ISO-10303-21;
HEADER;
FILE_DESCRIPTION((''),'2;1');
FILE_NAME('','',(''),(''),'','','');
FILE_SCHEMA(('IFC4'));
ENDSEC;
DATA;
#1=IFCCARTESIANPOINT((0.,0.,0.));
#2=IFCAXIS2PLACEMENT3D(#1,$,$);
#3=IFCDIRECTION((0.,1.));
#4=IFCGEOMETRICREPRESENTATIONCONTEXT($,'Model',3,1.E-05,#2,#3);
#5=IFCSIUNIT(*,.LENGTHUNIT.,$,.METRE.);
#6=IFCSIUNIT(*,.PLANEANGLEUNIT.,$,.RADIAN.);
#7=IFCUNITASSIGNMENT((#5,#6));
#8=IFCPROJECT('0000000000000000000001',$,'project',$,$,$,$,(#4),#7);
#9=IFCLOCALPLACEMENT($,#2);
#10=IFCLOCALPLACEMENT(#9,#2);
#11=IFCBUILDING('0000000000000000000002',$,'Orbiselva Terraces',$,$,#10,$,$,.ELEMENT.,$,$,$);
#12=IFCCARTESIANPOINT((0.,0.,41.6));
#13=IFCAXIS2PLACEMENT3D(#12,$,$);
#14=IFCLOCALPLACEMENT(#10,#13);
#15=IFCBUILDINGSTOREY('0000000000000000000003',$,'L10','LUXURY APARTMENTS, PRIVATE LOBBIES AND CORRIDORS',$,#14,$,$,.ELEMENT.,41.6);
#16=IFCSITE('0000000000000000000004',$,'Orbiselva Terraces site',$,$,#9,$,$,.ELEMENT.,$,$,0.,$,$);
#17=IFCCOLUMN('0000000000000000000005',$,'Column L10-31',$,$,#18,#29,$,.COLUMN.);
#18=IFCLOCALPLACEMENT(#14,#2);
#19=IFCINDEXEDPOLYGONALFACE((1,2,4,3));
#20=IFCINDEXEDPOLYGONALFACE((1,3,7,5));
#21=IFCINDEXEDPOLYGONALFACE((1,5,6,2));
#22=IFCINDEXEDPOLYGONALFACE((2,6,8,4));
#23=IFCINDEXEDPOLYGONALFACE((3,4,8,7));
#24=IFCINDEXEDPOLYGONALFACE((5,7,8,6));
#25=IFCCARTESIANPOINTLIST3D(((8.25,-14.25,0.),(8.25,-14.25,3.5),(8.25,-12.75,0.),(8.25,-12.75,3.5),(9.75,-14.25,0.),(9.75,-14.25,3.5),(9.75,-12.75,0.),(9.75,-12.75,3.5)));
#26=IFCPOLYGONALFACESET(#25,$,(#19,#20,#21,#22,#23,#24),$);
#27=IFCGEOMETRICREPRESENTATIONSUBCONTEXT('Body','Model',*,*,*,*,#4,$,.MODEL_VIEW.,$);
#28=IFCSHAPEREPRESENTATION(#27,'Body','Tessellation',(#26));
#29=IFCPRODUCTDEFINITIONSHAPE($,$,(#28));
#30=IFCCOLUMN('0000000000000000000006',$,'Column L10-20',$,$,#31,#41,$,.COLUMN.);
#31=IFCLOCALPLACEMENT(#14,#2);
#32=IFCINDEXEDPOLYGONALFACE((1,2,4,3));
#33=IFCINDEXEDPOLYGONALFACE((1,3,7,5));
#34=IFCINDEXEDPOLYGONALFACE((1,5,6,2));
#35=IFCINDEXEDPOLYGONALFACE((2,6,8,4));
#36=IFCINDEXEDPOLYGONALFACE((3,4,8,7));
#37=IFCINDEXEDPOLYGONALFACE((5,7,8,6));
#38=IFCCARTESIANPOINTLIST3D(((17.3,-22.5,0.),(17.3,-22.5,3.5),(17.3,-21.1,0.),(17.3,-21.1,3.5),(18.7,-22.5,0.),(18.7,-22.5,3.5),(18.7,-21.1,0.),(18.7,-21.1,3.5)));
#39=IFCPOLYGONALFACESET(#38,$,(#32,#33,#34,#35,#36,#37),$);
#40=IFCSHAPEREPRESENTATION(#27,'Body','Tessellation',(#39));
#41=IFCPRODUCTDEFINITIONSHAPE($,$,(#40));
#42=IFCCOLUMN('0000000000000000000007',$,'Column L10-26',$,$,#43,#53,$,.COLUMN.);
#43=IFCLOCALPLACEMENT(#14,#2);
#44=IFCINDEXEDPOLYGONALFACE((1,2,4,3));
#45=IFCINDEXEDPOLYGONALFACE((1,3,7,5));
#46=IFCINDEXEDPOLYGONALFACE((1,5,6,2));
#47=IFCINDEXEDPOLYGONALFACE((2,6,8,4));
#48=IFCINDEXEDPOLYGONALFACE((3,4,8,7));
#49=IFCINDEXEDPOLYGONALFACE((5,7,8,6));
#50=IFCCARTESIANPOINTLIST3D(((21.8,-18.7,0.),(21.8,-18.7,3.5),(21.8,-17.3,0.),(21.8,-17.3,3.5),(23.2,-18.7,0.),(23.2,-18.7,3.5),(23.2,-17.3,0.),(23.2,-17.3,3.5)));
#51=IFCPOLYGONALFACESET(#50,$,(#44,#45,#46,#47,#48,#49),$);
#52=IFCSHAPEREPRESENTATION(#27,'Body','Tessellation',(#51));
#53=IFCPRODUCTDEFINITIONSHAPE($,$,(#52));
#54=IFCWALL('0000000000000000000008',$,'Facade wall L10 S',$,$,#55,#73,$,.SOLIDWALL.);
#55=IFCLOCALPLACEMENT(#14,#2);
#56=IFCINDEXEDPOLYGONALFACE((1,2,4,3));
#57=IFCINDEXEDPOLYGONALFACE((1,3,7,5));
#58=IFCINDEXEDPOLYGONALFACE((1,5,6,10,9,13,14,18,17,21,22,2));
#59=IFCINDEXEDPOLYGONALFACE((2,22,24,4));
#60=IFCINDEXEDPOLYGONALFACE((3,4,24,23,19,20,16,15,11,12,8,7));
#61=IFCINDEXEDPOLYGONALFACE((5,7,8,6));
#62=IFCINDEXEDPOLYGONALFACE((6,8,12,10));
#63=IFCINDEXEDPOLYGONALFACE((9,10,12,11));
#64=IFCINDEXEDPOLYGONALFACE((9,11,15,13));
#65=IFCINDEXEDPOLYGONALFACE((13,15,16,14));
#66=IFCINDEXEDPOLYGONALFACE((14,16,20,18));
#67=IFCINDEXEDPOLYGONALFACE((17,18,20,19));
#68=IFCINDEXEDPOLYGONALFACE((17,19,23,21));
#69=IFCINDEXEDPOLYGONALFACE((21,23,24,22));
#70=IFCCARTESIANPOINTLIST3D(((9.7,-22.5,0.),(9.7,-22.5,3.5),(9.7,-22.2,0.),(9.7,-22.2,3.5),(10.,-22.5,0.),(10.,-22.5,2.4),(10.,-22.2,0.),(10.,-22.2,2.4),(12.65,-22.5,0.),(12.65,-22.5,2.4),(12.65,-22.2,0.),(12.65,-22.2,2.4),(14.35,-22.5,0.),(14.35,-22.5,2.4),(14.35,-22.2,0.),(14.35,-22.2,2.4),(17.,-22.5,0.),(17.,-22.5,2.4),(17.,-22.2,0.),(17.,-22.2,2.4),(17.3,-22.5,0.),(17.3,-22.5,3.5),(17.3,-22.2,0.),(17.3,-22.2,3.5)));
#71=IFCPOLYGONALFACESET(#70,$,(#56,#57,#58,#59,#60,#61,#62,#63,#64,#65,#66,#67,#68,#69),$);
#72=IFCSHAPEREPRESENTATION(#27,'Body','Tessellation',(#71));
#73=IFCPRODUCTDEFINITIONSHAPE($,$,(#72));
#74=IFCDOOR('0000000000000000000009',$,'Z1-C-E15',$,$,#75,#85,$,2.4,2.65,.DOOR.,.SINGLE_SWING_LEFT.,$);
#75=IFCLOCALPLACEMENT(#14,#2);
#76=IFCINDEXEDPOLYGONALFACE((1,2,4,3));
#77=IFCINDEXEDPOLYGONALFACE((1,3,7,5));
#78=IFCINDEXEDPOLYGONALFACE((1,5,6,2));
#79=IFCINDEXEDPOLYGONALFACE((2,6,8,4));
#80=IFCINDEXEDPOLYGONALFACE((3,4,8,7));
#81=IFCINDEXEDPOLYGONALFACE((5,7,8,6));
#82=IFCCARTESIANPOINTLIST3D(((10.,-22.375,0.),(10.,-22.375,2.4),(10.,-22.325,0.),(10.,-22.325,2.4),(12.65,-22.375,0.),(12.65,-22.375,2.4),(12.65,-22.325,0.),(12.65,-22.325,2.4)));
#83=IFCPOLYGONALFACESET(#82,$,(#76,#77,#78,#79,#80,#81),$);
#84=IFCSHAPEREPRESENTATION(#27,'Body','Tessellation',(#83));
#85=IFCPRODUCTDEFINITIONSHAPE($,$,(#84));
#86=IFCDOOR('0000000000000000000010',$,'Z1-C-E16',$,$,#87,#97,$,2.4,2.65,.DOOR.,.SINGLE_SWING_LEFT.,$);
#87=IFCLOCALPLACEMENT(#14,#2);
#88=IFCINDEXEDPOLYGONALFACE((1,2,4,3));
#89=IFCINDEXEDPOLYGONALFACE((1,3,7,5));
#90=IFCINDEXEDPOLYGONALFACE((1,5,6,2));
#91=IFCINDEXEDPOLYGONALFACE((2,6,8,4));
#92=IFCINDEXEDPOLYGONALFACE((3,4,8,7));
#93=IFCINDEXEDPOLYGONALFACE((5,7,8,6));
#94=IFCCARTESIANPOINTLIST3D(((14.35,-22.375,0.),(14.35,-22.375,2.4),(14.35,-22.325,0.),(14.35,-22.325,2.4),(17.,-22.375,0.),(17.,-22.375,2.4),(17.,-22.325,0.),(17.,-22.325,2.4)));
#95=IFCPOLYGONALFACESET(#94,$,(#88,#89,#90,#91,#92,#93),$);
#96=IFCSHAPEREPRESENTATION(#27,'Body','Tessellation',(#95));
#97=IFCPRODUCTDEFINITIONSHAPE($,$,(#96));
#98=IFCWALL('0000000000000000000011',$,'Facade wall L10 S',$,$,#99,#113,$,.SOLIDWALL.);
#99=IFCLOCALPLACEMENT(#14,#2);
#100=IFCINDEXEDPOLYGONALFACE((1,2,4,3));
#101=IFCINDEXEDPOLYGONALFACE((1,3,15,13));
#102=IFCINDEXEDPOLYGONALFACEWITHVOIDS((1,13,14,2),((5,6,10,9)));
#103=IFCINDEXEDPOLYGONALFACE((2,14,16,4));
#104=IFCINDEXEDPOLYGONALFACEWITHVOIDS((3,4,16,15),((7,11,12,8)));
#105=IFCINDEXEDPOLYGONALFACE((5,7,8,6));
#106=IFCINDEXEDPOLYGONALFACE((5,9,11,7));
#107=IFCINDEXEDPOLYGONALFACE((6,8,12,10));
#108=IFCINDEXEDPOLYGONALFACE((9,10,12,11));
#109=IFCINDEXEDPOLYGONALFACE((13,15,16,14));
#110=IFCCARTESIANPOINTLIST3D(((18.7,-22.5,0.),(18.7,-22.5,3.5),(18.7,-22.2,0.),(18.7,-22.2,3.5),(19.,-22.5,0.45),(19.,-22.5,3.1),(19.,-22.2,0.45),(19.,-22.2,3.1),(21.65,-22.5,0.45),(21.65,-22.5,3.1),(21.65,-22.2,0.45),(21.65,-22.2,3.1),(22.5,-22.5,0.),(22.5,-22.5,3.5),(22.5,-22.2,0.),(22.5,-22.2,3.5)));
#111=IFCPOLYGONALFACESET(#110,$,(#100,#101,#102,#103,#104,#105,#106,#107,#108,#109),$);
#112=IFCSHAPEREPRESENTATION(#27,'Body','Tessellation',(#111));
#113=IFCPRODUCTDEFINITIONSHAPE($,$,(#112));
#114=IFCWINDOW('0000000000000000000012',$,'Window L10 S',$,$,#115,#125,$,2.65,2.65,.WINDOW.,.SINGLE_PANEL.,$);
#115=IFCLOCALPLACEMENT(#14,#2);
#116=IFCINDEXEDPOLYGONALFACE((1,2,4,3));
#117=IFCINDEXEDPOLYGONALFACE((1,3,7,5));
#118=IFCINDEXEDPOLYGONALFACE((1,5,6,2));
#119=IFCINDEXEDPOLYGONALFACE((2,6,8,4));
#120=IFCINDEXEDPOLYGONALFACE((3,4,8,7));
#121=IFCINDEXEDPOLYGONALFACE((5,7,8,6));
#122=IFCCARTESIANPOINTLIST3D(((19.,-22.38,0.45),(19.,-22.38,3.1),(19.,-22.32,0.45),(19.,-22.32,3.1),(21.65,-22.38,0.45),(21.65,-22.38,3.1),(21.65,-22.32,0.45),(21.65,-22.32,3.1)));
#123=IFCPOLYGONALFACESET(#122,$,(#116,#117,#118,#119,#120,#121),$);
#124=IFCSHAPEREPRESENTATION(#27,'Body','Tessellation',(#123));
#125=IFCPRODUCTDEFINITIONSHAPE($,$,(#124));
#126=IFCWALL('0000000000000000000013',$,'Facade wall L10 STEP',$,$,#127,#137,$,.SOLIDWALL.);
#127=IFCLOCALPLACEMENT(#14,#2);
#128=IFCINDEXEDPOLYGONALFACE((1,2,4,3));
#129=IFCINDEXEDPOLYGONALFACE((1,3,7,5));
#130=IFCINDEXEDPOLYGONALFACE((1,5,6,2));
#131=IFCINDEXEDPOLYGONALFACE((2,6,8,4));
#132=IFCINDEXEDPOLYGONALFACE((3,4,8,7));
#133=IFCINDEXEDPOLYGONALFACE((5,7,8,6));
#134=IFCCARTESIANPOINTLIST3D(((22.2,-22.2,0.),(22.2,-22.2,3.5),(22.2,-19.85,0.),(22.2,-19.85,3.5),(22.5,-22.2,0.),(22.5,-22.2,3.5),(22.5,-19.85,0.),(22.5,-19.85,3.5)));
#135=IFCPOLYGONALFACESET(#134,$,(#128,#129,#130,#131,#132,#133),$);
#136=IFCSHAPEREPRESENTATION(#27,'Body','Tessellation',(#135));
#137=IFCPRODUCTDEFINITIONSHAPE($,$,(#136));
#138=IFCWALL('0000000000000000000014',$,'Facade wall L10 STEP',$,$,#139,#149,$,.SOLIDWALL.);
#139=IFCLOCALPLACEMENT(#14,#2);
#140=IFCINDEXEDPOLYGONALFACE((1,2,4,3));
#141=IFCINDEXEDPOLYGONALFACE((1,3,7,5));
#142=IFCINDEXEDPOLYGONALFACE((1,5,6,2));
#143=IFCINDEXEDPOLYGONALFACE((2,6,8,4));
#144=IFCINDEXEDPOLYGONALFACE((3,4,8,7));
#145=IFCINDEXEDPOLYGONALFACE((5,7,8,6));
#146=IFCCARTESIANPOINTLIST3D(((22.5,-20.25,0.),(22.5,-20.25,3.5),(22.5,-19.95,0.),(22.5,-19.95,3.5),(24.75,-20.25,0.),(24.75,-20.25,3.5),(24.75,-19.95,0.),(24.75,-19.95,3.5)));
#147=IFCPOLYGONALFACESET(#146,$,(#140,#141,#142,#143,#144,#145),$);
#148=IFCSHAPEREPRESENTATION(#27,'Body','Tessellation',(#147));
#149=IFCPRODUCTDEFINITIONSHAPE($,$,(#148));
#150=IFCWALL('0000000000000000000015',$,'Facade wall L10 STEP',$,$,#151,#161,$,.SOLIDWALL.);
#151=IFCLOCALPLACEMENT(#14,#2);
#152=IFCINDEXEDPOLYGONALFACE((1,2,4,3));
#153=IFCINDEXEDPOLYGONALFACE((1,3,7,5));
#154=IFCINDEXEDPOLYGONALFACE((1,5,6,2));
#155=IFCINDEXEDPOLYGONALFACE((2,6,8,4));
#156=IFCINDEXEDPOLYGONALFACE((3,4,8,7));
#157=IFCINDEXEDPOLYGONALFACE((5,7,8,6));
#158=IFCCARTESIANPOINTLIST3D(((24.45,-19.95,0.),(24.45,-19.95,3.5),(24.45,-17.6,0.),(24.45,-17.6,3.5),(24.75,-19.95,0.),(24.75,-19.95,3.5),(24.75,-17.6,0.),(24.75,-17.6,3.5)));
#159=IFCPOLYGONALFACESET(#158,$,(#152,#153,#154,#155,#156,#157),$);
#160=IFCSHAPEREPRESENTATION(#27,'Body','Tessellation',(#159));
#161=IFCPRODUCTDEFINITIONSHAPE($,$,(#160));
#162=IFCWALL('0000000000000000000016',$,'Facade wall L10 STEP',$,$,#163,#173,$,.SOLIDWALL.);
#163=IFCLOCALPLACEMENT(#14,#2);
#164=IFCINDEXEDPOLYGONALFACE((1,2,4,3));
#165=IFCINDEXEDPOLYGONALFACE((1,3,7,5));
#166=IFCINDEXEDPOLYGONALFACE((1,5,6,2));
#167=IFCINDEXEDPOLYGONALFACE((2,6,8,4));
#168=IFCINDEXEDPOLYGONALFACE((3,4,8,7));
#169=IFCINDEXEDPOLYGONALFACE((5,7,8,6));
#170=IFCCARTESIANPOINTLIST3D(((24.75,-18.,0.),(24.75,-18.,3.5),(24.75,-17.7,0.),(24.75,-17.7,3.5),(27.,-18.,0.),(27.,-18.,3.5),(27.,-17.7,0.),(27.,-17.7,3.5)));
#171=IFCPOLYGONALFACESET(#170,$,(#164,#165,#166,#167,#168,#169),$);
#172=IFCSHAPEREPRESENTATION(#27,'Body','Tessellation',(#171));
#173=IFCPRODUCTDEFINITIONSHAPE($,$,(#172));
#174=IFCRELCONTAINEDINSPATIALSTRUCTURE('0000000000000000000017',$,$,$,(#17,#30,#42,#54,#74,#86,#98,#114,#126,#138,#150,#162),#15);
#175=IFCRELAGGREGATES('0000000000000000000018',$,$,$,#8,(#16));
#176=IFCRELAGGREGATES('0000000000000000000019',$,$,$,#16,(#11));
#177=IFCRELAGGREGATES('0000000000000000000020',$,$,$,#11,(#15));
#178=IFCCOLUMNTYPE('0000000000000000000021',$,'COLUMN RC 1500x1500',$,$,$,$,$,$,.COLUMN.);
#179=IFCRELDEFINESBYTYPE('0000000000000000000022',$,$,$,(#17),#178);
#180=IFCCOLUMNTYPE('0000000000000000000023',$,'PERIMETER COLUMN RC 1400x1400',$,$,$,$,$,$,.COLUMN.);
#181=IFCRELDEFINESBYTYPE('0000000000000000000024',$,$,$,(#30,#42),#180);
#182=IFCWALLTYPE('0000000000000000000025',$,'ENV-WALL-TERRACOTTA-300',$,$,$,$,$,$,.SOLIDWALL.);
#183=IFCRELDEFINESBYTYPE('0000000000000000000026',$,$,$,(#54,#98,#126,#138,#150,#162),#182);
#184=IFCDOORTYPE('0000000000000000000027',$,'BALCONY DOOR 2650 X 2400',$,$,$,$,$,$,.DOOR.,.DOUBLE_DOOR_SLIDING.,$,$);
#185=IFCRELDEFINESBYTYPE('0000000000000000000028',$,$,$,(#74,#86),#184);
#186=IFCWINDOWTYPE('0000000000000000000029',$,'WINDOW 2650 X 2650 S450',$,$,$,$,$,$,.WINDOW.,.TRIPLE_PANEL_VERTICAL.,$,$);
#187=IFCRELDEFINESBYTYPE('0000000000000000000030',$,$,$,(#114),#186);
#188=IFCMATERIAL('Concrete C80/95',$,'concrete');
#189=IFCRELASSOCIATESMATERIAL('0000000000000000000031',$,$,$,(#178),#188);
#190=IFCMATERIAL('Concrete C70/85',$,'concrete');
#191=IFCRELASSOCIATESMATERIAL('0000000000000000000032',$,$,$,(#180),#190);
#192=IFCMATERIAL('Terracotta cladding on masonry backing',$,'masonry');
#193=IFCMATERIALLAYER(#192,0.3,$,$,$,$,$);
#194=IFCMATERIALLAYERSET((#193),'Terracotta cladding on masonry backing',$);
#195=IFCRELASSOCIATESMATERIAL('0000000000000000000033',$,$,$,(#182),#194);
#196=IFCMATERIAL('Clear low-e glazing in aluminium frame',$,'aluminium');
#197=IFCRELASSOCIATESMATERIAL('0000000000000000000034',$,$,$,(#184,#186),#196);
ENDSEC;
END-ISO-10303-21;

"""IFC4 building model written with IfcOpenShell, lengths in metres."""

from ifc_helpers import new_model, si_unit, direction, frame, frame_2d, origin, origin_2d, place, context, subcontext, project, spatial, rectangle, extrude, material, layer, layer_set, material_profile, profile_set, type_object, element, fill, save


model = new_model("IFC4")

# Units and contexts
model_context = context("Model", 3, precision=1e-05, world=origin(), true_north=direction((0.0, 1.0)))
body_context = subcontext(model_context, "Body", "Model", "MODEL_VIEW")
ifc_project = project(units=[si_unit("LENGTHUNIT", "METRE"), si_unit("PLANEANGLEUNIT", "RADIAN")], contexts=[model_context])

# Site, building, storey
site_placement = place(None, origin())
site = spatial("IfcSite", under=ifc_project, at=site_placement, Name="Orbiselva Terraces site", CompositionType="ELEMENT", RefElevation=0.0)
building_placement = place(site_placement, origin())
building = spatial("IfcBuilding", under=site, at=building_placement, Name="Orbiselva Terraces", CompositionType="ELEMENT")
storey_placement = place(building_placement, frame((0.0, 0.0, 41.6)))
storey = spatial("IfcBuildingStorey", under=building, at=storey_placement, Name="L10", Description="LUXURY APARTMENTS, PRIVATE LOBBIES AND CORRIDORS", CompositionType="ELEMENT", Elevation=41.6)

# Columns
ifc_material_1 = material(Name="Concrete C80/95", Category="concrete")
ifc_material_profile_1 = material_profile(ifc_material_1, rectangle(XDim=1.5, YDim=1.5, at=origin_2d()), Name="RC 1500x1500")
ifc_profile_set_1 = profile_set([ifc_material_profile_1], Name="Concrete C80/95")
column_type_1 = type_object("IfcColumnType", Name="COLUMN RC 1500x1500", PredefinedType="COLUMN", material=ifc_profile_set_1)
column_placement = place(storey_placement, frame((9.0, -13.5, 0.0), z_axis=(0.0, 0.0, 1.0), x_axis=(1.0, 0.0, 0.0)))
element("IfcColumn", 1, at=column_placement, inside=storey, type_object=column_type_1, Name="Column L10-31", PredefinedType="COLUMN", context=body_context, shape_type="SweptSolid", body=[
    extrude(rectangle(XDim=1.5, YDim=1.5, at=origin_2d()), origin(), (0.0, 0.0, 1.0), 3.5),
])
ifc_material_2 = material(Name="Concrete C70/85", Category="concrete")
ifc_material_profile_2 = material_profile(ifc_material_2, rectangle(XDim=1.4, YDim=1.4, at=origin_2d()), Name="RC 1400x1400")
ifc_profile_set_2 = profile_set([ifc_material_profile_2], Name="Concrete C70/85")
column_type_2 = type_object("IfcColumnType", Name="PERIMETER COLUMN RC 1400x1400", PredefinedType="COLUMN", material=ifc_profile_set_2)
for number, where, z_axis, x_axis, name in (
    (2, (18.0, -21.8, 0.0), (0.0, 0.0, 1.0), (1.0, 0.0, 0.0), "Column L10-20"),
    (3, (22.5, -18.0, 0.0), (0.0, 0.0, 1.0), (1.0, 0.0, 0.0), "Column L10-26"),
):
    element("IfcColumn", number, at=place(storey_placement, frame(where, z_axis=z_axis, x_axis=x_axis)), inside=storey, type_object=column_type_2, Name=name, PredefinedType="COLUMN", context=body_context, shape_type="SweptSolid", body=[
        extrude(rectangle(XDim=1.4, YDim=1.4, at=origin_2d()), origin(), (0.0, 0.0, 1.0), 3.5),
    ])

# Wall, openings, doors
ifc_material_3 = material(Name="Terracotta cladding on masonry backing", Category="masonry")
ifc_layer_1 = layer(ifc_material_3, 0.3)
ifc_layer_set_1 = layer_set([ifc_layer_1], Name="Terracotta cladding on masonry backing")
wall_type_1 = type_object("IfcWallType", Name="ENV-WALL-TERRACOTTA-300", PredefinedType="SOLIDWALL", material=ifc_layer_set_1)
wall_1_placement = place(storey_placement, frame((17.3, -22.35, 0.0), z_axis=(0.0, 0.0, 1.0), x_axis=(-1.0, 0.0, 0.0)))
wall_1 = element("IfcWall", 4, at=wall_1_placement, inside=storey, type_object=wall_type_1, Name="Facade wall L10 S", PredefinedType="SOLIDWALL", context=body_context, shape_type="SweptSolid", body=[
    extrude(rectangle(XDim=7.6, YDim=0.3, at=frame_2d((3.8, 0.0))), origin(), (0.0, 0.0, 1.0), 3.5),
])
opening_1_placement = place(wall_1_placement, frame((4.65, 0.0, 0.0)))
opening_1 = element("IfcOpeningElement", 5, at=opening_1_placement, cuts=wall_1, PredefinedType="OPENING", context=body_context, shape_type="SweptSolid", body=[
    extrude(rectangle(XDim=2.65, YDim=2.4, at=frame_2d((1.325, 1.2))), frame((0.0, 0.16, 0.0), z_axis=(0.0, -1.0, 0.0), x_axis=(1.0, 0.0, 0.0)), (0.0, 0.0, 1.0), 0.32),
])
opening_2_placement = place(wall_1_placement, frame((0.3, 0.0, 0.0)))
opening_2 = element("IfcOpeningElement", 6, at=opening_2_placement, cuts=wall_1, PredefinedType="OPENING", context=body_context, shape_type="SweptSolid", body=[
    extrude(rectangle(XDim=2.65, YDim=2.4, at=frame_2d((1.325, 1.2))), frame((0.0, 0.16, 0.0), z_axis=(0.0, -1.0, 0.0), x_axis=(1.0, 0.0, 0.0)), (0.0, 0.0, 1.0), 0.32),
])
ifc_material_4 = material(Name="Clear low-e glazing in aluminium frame", Category="aluminium")
door_type_1 = type_object("IfcDoorType", Name="BALCONY DOOR 2650 X 2400", OperationType="DOUBLE_DOOR_SLIDING", PredefinedType="DOOR", material=ifc_material_4)
door_1_placement = place(opening_1_placement, origin())
door_1 = element("IfcDoor", 7, at=door_1_placement, inside=storey, type_object=door_type_1, Name="Z1-C-E15", OperationType="SINGLE_SWING_LEFT", OverallHeight=2.4, OverallWidth=2.65, PredefinedType="DOOR", context=body_context, shape_type="SweptSolid", body=[
    extrude(rectangle(XDim=2.65, YDim=2.4, at=frame_2d((1.325, 1.2))), frame((0.0, 0.025, 0.0), z_axis=(0.0, -1.0, 0.0), x_axis=(1.0, 0.0, 0.0)), (0.0, 0.0, 1.0), 0.05),
])
fill(opening_1, door_1)
door_2_placement = place(opening_2_placement, origin())
door_2 = element("IfcDoor", 8, at=door_2_placement, inside=storey, type_object=door_type_1, Name="Z1-C-E16", OperationType="SINGLE_SWING_LEFT", OverallHeight=2.4, OverallWidth=2.65, PredefinedType="DOOR", context=body_context, shape_type="SweptSolid", body=[
    extrude(rectangle(XDim=2.65, YDim=2.4, at=frame_2d((1.325, 1.2))), frame((0.0, 0.025, 0.0), z_axis=(0.0, -1.0, 0.0), x_axis=(1.0, 0.0, 0.0)), (0.0, 0.0, 1.0), 0.05),
])
fill(opening_2, door_2)

# Wall, opening, window
wall_2_placement = place(storey_placement, frame((22.5, -22.35, 0.0), z_axis=(0.0, 0.0, 1.0), x_axis=(-1.0, 0.0, 0.0)))
wall_2 = element("IfcWall", 9, at=wall_2_placement, inside=storey, type_object=wall_type_1, Name="Facade wall L10 S", PredefinedType="SOLIDWALL", context=body_context, shape_type="SweptSolid", body=[
    extrude(rectangle(XDim=3.8, YDim=0.3, at=frame_2d((1.9, 0.0))), origin(), (0.0, 0.0, 1.0), 3.5),
])
opening_3_placement = place(wall_2_placement, frame((0.85, 0.0, 0.45)))
opening_3 = element("IfcOpeningElement", 10, at=opening_3_placement, cuts=wall_2, PredefinedType="OPENING", context=body_context, shape_type="SweptSolid", body=[
    extrude(rectangle(XDim=2.65, YDim=2.65, at=frame_2d((1.325, 1.325))), frame((0.0, 0.16, 0.0), z_axis=(0.0, -1.0, 0.0), x_axis=(1.0, 0.0, 0.0)), (0.0, 0.0, 1.0), 0.32),
])
window_type = type_object("IfcWindowType", Name="WINDOW 2650 X 2650 S450", PartitioningType="TRIPLE_PANEL_VERTICAL", PredefinedType="WINDOW", material=ifc_material_4)
window_1_placement = place(opening_3_placement, origin())
window_1 = element("IfcWindow", 11, at=window_1_placement, inside=storey, type_object=window_type, Name="Window L10 S", OverallHeight=2.65, OverallWidth=2.65, PartitioningType="SINGLE_PANEL", PredefinedType="WINDOW", context=body_context, shape_type="SweptSolid", body=[
    extrude(rectangle(XDim=2.65, YDim=2.65, at=frame_2d((1.325, 1.325))), frame((0.0, 0.03, 0.0), z_axis=(0.0, -1.0, 0.0), x_axis=(1.0, 0.0, 0.0)), (0.0, 0.0, 1.0), 0.06),
])
fill(opening_3, window_1)

# Walls
wall_3_placement = place(storey_placement, frame((22.35, -19.85, 0.0), z_axis=(0.0, 0.0, 1.0), x_axis=(0.0, -1.0, 0.0)))
element("IfcWall", 12, at=wall_3_placement, inside=storey, type_object=wall_type_1, Name="Facade wall L10 STEP", PredefinedType="SOLIDWALL", context=body_context, shape_type="SweptSolid", body=[
    extrude(rectangle(XDim=2.35, YDim=0.3, at=frame_2d((1.175, 0.0))), origin(), (0.0, 0.0, 1.0), 3.5),
])
wall_4_placement = place(storey_placement, frame((24.75, -20.1, 0.0), z_axis=(0.0, 0.0, 1.0), x_axis=(-1.0, 0.0, 0.0)))
element("IfcWall", 13, at=wall_4_placement, inside=storey, type_object=wall_type_1, Name="Facade wall L10 STEP", PredefinedType="SOLIDWALL", context=body_context, shape_type="SweptSolid", body=[
    extrude(rectangle(XDim=2.25, YDim=0.3, at=frame_2d((1.125, 0.0))), origin(), (0.0, 0.0, 1.0), 3.5),
])
wall_5_placement = place(storey_placement, frame((24.6, -17.6, 0.0), z_axis=(0.0, 0.0, 1.0), x_axis=(0.0, -1.0, 0.0)))
element("IfcWall", 14, at=wall_5_placement, inside=storey, type_object=wall_type_1, Name="Facade wall L10 STEP", PredefinedType="SOLIDWALL", context=body_context, shape_type="SweptSolid", body=[
    extrude(rectangle(XDim=2.35, YDim=0.3, at=frame_2d((1.175, 0.0))), origin(), (0.0, 0.0, 1.0), 3.5),
])
wall_6_placement = place(storey_placement, frame((27.0, -17.85, 0.0), z_axis=(0.0, 0.0, 1.0), x_axis=(-1.0, 0.0, 0.0)))
element("IfcWall", 15, at=wall_6_placement, inside=storey, type_object=wall_type_1, Name="Facade wall L10 STEP", PredefinedType="SOLIDWALL", context=body_context, shape_type="SweptSolid", body=[
    extrude(rectangle(XDim=2.25, YDim=0.3, at=frame_2d((1.125, 0.0))), origin(), (0.0, 0.0, 1.0), 3.5),
])

save(model, "model.ifc")
